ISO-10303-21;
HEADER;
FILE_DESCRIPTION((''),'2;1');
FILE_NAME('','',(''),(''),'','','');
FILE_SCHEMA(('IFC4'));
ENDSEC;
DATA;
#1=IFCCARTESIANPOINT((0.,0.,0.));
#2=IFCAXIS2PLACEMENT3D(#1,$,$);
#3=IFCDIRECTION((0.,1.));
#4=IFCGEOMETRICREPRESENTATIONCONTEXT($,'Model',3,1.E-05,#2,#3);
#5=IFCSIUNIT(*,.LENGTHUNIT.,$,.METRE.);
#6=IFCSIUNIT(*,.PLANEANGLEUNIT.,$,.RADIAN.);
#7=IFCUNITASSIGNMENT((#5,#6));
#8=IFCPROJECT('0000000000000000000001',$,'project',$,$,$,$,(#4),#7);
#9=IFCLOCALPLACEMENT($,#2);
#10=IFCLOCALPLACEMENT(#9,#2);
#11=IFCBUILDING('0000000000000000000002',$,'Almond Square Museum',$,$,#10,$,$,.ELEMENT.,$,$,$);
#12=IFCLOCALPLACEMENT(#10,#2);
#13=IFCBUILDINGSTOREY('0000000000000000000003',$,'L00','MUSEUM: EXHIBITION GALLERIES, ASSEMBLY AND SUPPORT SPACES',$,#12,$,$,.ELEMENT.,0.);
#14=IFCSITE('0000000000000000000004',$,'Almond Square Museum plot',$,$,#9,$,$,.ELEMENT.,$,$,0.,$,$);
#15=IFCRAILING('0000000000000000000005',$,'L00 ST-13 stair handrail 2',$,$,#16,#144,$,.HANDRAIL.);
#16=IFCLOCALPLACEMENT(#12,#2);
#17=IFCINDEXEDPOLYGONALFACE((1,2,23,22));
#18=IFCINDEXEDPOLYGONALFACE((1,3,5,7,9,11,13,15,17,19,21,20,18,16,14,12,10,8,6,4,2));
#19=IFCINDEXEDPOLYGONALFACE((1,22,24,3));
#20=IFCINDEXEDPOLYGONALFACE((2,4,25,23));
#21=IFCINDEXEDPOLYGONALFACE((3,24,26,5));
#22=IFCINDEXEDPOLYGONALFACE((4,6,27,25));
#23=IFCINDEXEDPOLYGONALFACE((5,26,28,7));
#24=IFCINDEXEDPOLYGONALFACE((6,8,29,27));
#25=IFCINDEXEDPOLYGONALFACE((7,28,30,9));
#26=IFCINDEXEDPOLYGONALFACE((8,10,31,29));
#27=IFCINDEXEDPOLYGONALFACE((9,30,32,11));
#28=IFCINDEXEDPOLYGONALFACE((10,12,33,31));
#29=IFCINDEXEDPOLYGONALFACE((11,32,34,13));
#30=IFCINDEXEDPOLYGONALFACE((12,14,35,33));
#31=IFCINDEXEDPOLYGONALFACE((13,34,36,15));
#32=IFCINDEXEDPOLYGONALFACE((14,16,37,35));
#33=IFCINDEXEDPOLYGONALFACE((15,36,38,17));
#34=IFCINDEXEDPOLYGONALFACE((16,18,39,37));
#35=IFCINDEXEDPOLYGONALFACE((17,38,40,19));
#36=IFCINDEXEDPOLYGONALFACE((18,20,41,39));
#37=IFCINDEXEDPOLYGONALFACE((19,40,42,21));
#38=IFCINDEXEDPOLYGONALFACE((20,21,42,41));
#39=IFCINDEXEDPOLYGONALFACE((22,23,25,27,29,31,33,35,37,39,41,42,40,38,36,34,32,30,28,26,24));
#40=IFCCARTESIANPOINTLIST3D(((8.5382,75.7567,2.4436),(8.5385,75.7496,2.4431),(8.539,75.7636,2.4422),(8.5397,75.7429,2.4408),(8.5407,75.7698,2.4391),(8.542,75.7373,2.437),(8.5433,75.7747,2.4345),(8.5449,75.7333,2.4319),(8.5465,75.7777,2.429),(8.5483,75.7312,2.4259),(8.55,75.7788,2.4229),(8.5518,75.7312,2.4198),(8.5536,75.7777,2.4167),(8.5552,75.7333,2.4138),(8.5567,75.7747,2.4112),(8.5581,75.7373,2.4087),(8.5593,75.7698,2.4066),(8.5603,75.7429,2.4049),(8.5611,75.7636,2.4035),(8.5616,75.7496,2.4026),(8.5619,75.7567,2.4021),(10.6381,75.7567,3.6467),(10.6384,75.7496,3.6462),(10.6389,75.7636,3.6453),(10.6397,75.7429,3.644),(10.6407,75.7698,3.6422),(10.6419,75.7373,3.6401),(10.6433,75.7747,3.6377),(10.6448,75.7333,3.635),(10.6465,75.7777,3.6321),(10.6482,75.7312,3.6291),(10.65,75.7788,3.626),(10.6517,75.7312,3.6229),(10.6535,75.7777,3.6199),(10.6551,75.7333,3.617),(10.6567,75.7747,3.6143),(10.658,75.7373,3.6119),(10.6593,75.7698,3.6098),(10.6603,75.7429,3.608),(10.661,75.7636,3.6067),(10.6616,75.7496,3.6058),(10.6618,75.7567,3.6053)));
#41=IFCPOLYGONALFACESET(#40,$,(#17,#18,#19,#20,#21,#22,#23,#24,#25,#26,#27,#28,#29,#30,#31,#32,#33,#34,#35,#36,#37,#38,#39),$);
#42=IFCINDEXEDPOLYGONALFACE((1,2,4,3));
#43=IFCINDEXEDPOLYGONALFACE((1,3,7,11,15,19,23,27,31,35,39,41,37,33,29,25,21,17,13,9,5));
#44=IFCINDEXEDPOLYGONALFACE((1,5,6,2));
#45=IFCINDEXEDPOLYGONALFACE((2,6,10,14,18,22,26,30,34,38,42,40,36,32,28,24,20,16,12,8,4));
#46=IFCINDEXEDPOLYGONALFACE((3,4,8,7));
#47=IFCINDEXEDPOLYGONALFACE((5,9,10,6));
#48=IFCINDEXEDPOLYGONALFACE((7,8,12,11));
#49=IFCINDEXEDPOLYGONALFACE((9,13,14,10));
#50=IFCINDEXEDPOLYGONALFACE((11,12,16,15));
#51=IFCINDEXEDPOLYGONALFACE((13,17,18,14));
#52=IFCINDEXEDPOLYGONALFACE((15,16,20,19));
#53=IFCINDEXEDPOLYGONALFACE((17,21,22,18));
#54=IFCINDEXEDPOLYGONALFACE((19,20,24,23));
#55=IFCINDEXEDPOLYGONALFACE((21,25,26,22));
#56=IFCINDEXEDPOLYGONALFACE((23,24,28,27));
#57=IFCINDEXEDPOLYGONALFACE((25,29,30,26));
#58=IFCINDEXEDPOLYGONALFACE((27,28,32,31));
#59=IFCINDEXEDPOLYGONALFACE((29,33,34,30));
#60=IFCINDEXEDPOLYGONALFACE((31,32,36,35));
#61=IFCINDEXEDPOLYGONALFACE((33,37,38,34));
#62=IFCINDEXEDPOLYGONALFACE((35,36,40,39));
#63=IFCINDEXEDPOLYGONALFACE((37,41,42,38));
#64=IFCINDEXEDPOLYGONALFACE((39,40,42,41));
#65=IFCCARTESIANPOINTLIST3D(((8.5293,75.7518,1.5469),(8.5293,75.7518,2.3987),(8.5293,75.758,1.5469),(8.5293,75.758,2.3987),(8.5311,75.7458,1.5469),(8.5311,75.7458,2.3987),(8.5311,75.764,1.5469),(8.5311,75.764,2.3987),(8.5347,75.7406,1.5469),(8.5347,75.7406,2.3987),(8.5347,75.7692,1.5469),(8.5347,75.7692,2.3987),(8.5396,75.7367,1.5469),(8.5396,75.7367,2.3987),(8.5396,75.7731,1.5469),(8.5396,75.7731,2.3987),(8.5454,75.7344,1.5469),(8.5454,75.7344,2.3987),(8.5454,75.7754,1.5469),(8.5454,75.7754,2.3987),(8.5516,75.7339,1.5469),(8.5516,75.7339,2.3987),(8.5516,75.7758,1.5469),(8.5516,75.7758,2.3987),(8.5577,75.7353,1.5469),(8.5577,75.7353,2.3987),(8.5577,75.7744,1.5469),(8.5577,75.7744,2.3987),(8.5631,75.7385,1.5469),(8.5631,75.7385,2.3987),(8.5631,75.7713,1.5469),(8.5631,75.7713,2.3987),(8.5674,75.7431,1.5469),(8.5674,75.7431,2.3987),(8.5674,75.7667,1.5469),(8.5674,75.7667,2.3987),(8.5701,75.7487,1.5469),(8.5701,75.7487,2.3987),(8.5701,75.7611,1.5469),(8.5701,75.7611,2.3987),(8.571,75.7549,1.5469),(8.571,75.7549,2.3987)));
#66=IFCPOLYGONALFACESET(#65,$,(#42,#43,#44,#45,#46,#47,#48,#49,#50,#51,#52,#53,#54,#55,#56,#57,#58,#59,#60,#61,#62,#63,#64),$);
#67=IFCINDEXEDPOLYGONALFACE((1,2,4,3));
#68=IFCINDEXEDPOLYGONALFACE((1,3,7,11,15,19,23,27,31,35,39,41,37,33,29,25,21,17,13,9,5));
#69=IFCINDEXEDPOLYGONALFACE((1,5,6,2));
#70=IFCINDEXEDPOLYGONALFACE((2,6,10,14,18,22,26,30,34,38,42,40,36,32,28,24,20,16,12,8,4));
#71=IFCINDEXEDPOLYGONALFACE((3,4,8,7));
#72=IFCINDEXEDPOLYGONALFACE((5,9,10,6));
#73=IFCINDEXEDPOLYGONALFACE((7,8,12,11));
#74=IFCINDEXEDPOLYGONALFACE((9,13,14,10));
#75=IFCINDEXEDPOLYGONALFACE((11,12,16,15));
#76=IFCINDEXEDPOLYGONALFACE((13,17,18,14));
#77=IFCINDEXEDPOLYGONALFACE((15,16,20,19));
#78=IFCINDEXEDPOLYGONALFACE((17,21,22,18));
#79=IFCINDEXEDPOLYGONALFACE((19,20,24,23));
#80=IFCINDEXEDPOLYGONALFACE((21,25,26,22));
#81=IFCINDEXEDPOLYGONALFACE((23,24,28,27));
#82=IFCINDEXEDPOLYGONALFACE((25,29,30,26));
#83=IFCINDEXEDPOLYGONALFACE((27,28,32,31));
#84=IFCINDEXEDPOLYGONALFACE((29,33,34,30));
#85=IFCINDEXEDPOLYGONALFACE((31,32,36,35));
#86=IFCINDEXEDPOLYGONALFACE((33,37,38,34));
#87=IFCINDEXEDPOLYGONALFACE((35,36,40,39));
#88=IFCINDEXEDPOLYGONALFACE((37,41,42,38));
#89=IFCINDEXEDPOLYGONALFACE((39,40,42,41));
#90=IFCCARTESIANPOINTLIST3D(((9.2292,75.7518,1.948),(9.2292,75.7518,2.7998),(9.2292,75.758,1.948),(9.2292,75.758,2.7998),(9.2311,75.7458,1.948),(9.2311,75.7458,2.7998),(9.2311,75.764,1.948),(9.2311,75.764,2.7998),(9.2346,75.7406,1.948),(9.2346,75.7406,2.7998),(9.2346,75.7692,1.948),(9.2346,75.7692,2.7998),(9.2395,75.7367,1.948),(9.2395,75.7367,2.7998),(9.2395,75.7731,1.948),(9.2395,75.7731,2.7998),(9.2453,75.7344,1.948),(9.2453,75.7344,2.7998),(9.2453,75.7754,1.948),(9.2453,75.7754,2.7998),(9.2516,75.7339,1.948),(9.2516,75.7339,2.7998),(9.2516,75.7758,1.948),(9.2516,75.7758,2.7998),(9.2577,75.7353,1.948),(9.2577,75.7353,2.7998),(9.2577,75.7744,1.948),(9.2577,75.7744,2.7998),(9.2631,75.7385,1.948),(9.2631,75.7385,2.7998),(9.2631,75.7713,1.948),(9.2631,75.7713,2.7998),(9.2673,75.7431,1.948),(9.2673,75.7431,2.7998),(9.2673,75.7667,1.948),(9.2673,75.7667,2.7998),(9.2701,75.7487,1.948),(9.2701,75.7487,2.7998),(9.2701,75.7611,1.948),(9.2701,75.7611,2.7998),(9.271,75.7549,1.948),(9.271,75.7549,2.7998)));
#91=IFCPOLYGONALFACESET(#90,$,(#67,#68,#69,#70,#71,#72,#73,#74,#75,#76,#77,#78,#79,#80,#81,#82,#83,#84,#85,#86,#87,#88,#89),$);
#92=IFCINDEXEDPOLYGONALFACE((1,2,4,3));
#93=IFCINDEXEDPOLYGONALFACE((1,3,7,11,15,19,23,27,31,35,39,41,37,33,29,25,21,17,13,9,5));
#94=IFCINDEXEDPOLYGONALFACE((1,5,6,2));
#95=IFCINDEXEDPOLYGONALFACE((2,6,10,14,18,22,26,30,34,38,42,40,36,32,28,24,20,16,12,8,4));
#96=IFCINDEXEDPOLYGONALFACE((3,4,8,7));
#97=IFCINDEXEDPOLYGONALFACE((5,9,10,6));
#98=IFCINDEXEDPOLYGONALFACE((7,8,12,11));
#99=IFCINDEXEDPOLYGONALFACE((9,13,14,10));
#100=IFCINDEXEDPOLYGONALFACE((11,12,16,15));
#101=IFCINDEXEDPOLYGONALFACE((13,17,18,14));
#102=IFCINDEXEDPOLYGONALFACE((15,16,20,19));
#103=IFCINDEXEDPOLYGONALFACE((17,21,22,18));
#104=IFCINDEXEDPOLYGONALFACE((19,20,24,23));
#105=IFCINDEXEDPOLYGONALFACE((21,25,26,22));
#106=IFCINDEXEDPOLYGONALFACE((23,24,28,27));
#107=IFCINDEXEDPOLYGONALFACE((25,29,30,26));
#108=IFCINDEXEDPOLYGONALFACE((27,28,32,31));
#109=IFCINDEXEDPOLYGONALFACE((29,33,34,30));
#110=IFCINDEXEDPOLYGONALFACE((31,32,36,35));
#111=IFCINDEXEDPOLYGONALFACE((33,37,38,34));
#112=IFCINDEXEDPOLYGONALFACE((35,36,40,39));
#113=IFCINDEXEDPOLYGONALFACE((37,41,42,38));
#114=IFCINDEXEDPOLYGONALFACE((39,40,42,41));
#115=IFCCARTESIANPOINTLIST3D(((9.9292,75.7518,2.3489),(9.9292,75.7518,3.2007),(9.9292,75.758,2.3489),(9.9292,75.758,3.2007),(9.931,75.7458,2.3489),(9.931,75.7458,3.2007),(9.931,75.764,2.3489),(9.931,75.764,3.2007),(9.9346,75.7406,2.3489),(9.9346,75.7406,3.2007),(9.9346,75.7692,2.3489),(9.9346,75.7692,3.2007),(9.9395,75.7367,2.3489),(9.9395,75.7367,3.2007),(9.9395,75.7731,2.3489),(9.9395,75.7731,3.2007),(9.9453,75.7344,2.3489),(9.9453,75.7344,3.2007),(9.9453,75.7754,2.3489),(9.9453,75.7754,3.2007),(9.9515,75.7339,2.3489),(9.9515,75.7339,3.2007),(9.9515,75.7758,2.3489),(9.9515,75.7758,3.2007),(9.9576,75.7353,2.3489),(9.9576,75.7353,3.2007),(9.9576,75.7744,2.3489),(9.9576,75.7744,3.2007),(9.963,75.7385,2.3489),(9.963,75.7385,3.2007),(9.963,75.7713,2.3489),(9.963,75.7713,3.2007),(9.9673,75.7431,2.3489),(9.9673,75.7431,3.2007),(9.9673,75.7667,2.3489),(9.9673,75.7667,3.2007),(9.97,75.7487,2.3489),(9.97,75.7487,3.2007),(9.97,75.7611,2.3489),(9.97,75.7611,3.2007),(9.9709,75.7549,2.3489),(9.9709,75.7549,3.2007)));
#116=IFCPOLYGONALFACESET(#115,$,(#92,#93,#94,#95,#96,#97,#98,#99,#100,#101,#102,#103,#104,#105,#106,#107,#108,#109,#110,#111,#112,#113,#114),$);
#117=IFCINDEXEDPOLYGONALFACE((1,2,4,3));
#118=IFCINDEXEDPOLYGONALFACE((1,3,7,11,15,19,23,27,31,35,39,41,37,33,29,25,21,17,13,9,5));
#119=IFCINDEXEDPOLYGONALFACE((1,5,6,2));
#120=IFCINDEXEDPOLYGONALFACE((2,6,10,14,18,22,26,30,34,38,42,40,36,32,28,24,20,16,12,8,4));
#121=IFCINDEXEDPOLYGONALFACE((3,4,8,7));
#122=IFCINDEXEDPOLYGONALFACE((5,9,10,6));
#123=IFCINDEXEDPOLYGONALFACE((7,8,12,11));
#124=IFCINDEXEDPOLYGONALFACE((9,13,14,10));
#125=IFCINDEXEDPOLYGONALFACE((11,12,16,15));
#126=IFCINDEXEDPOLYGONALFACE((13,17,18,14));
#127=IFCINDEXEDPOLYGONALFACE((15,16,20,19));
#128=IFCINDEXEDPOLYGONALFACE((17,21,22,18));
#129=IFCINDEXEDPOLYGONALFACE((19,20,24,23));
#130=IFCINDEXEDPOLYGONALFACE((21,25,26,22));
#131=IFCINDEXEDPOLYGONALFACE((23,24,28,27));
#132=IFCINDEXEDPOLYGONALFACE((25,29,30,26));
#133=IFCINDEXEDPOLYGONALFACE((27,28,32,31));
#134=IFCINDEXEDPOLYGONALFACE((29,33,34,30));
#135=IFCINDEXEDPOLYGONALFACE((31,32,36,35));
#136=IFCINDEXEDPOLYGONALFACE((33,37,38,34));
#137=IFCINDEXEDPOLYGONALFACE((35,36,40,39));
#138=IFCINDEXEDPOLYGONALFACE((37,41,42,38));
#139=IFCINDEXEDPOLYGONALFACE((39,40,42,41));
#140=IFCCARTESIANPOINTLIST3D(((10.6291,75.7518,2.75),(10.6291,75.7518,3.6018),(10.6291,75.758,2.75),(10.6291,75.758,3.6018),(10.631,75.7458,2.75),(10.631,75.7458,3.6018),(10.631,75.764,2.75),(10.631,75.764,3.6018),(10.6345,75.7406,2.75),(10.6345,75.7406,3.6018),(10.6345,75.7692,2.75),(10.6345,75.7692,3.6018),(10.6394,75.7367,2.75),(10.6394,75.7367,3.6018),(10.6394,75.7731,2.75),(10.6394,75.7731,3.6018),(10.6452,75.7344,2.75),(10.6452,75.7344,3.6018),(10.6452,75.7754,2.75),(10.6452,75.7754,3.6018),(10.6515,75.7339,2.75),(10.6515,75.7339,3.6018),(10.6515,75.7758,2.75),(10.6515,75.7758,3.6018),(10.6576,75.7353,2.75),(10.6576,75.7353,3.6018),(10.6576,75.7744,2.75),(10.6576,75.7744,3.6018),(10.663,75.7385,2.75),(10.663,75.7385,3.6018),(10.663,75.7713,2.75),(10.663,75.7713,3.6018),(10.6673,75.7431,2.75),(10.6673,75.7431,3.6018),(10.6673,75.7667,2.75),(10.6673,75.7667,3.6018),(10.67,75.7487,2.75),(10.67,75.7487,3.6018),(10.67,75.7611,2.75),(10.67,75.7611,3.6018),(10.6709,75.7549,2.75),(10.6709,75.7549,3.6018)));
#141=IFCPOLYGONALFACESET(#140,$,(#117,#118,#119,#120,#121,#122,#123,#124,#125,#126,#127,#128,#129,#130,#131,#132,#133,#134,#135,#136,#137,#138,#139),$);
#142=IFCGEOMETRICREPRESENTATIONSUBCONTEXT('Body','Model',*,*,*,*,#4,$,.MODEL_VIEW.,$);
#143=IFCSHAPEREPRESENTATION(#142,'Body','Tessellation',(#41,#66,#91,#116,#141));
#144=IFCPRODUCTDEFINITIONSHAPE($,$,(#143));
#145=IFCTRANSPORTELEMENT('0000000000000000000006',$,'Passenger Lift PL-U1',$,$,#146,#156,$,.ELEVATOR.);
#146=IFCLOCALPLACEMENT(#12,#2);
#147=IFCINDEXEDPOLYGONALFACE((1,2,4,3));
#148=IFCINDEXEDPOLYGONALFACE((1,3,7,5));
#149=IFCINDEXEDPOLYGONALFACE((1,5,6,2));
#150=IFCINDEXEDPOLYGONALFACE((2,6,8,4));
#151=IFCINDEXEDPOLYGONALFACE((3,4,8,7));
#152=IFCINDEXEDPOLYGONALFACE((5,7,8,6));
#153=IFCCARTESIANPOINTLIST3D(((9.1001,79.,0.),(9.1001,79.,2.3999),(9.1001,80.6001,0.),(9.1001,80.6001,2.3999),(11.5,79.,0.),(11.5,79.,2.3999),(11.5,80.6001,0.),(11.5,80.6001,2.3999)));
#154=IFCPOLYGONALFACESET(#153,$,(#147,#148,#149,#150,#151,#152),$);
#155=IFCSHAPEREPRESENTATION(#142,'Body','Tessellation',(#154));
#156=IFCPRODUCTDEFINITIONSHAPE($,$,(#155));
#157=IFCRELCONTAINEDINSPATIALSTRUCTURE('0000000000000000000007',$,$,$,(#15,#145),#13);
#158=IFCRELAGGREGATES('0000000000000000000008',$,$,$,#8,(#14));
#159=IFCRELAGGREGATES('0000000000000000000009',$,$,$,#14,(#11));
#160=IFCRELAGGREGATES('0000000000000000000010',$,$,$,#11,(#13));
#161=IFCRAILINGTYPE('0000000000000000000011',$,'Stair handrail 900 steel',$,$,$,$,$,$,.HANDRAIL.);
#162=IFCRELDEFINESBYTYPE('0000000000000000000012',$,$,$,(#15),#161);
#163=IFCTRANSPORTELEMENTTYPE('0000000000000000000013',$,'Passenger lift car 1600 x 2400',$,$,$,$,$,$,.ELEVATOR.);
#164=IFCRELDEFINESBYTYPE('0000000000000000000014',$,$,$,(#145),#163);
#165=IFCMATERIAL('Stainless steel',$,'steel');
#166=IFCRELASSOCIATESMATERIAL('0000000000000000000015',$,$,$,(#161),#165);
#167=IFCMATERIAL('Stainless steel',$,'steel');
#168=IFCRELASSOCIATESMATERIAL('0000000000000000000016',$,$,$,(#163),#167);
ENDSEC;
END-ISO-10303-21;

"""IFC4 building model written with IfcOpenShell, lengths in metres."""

from ifc_helpers import new_model, si_unit, direction, frame, origin, origin_2d, place, context, subcontext, project, spatial, rectangle, circle, extrude, material, type_object, element, save


model = new_model("IFC4")

# Units and contexts
model_context = context("Model", 3, precision=1e-05, world=origin(), true_north=direction((0.0, 1.0)))
body_context = subcontext(model_context, "Body", "Model", "MODEL_VIEW")
ifc_project = project(units=[si_unit("LENGTHUNIT", "METRE"), si_unit("PLANEANGLEUNIT", "RADIAN")], contexts=[model_context])

# Site, building, storey
site_placement = place(None, origin())
site = spatial("IfcSite", under=ifc_project, at=site_placement, Name="Almond Square Museum plot", CompositionType="ELEMENT", RefElevation=0.0)
building_placement = place(site_placement, origin())
building = spatial("IfcBuilding", under=site, at=building_placement, Name="Almond Square Museum", CompositionType="ELEMENT")
storey_placement = place(building_placement, origin())
storey = spatial("IfcBuildingStorey", under=building, at=storey_placement, Name="L00", Description="MUSEUM: EXHIBITION GALLERIES, ASSEMBLY AND SUPPORT SPACES", CompositionType="ELEMENT", Elevation=0.0)

# Railing
ifc_material_1 = material(Name="Stainless steel", Category="steel")
railing_type_1 = type_object("IfcRailingType", Name="Stair handrail 900 steel", PredefinedType="HANDRAIL", material=ifc_material_1)
railing_placement = place(storey_placement, frame((8.55, 75.7549, 1.5469)))
element("IfcRailing", 1, at=railing_placement, inside=storey, type_object=railing_type_1, Name="L00 ST-13 stair handrail 2", PredefinedType="HANDRAIL", context=body_context, shape_type="SweptSolid", body=[
    extrude(circle(Radius=0.0239, at=origin_2d()), frame((0.0, 0.0, 0.876), z_axis=(0.867671, 0.0, 0.497138), x_axis=(0.0, 1.0, 0.0)), (0.0, 0.0, 1.0), 2.4202),
    extrude(circle(Radius=0.021, at=origin_2d()), origin(), (0.0, 0.0, 1.0), 0.8518),
    extrude(circle(Radius=0.021, at=origin_2d()), frame((0.7, 0.0, 0.4011)), (0.0, 0.0, 1.0), 0.8518),
    extrude(circle(Radius=0.021, at=origin_2d()), frame((1.3999, 0.0, 0.802)), (0.0, 0.0, 1.0), 0.8518),
    extrude(circle(Radius=0.021, at=origin_2d()), frame((2.0999, 0.0, 1.2031)), (0.0, 0.0, 1.0), 0.8518),
])

# Transport element
ifc_material_2 = material(Name="Stainless steel", Category="steel")
transport_element_type = type_object("IfcTransportElementType", Name="Passenger lift car 1600 x 2400", PredefinedType="ELEVATOR", material=ifc_material_2)
transport_element_placement = place(storey_placement, frame((10.3, 79.8, 0.0), z_axis=(0.0, 0.0, 1.0), x_axis=(1.0, 0.0, 0.0)))
element("IfcTransportElement", 2, at=transport_element_placement, inside=storey, type_object=transport_element_type, Name="Passenger Lift PL-U1", PredefinedType="ELEVATOR", context=body_context, shape_type="SweptSolid", body=[
    extrude(rectangle(XDim=2.3999, YDim=1.6001, at=origin_2d()), origin(), (0.0, 0.0, 1.0), 2.3999),
])

save(model, "model.ifc")
